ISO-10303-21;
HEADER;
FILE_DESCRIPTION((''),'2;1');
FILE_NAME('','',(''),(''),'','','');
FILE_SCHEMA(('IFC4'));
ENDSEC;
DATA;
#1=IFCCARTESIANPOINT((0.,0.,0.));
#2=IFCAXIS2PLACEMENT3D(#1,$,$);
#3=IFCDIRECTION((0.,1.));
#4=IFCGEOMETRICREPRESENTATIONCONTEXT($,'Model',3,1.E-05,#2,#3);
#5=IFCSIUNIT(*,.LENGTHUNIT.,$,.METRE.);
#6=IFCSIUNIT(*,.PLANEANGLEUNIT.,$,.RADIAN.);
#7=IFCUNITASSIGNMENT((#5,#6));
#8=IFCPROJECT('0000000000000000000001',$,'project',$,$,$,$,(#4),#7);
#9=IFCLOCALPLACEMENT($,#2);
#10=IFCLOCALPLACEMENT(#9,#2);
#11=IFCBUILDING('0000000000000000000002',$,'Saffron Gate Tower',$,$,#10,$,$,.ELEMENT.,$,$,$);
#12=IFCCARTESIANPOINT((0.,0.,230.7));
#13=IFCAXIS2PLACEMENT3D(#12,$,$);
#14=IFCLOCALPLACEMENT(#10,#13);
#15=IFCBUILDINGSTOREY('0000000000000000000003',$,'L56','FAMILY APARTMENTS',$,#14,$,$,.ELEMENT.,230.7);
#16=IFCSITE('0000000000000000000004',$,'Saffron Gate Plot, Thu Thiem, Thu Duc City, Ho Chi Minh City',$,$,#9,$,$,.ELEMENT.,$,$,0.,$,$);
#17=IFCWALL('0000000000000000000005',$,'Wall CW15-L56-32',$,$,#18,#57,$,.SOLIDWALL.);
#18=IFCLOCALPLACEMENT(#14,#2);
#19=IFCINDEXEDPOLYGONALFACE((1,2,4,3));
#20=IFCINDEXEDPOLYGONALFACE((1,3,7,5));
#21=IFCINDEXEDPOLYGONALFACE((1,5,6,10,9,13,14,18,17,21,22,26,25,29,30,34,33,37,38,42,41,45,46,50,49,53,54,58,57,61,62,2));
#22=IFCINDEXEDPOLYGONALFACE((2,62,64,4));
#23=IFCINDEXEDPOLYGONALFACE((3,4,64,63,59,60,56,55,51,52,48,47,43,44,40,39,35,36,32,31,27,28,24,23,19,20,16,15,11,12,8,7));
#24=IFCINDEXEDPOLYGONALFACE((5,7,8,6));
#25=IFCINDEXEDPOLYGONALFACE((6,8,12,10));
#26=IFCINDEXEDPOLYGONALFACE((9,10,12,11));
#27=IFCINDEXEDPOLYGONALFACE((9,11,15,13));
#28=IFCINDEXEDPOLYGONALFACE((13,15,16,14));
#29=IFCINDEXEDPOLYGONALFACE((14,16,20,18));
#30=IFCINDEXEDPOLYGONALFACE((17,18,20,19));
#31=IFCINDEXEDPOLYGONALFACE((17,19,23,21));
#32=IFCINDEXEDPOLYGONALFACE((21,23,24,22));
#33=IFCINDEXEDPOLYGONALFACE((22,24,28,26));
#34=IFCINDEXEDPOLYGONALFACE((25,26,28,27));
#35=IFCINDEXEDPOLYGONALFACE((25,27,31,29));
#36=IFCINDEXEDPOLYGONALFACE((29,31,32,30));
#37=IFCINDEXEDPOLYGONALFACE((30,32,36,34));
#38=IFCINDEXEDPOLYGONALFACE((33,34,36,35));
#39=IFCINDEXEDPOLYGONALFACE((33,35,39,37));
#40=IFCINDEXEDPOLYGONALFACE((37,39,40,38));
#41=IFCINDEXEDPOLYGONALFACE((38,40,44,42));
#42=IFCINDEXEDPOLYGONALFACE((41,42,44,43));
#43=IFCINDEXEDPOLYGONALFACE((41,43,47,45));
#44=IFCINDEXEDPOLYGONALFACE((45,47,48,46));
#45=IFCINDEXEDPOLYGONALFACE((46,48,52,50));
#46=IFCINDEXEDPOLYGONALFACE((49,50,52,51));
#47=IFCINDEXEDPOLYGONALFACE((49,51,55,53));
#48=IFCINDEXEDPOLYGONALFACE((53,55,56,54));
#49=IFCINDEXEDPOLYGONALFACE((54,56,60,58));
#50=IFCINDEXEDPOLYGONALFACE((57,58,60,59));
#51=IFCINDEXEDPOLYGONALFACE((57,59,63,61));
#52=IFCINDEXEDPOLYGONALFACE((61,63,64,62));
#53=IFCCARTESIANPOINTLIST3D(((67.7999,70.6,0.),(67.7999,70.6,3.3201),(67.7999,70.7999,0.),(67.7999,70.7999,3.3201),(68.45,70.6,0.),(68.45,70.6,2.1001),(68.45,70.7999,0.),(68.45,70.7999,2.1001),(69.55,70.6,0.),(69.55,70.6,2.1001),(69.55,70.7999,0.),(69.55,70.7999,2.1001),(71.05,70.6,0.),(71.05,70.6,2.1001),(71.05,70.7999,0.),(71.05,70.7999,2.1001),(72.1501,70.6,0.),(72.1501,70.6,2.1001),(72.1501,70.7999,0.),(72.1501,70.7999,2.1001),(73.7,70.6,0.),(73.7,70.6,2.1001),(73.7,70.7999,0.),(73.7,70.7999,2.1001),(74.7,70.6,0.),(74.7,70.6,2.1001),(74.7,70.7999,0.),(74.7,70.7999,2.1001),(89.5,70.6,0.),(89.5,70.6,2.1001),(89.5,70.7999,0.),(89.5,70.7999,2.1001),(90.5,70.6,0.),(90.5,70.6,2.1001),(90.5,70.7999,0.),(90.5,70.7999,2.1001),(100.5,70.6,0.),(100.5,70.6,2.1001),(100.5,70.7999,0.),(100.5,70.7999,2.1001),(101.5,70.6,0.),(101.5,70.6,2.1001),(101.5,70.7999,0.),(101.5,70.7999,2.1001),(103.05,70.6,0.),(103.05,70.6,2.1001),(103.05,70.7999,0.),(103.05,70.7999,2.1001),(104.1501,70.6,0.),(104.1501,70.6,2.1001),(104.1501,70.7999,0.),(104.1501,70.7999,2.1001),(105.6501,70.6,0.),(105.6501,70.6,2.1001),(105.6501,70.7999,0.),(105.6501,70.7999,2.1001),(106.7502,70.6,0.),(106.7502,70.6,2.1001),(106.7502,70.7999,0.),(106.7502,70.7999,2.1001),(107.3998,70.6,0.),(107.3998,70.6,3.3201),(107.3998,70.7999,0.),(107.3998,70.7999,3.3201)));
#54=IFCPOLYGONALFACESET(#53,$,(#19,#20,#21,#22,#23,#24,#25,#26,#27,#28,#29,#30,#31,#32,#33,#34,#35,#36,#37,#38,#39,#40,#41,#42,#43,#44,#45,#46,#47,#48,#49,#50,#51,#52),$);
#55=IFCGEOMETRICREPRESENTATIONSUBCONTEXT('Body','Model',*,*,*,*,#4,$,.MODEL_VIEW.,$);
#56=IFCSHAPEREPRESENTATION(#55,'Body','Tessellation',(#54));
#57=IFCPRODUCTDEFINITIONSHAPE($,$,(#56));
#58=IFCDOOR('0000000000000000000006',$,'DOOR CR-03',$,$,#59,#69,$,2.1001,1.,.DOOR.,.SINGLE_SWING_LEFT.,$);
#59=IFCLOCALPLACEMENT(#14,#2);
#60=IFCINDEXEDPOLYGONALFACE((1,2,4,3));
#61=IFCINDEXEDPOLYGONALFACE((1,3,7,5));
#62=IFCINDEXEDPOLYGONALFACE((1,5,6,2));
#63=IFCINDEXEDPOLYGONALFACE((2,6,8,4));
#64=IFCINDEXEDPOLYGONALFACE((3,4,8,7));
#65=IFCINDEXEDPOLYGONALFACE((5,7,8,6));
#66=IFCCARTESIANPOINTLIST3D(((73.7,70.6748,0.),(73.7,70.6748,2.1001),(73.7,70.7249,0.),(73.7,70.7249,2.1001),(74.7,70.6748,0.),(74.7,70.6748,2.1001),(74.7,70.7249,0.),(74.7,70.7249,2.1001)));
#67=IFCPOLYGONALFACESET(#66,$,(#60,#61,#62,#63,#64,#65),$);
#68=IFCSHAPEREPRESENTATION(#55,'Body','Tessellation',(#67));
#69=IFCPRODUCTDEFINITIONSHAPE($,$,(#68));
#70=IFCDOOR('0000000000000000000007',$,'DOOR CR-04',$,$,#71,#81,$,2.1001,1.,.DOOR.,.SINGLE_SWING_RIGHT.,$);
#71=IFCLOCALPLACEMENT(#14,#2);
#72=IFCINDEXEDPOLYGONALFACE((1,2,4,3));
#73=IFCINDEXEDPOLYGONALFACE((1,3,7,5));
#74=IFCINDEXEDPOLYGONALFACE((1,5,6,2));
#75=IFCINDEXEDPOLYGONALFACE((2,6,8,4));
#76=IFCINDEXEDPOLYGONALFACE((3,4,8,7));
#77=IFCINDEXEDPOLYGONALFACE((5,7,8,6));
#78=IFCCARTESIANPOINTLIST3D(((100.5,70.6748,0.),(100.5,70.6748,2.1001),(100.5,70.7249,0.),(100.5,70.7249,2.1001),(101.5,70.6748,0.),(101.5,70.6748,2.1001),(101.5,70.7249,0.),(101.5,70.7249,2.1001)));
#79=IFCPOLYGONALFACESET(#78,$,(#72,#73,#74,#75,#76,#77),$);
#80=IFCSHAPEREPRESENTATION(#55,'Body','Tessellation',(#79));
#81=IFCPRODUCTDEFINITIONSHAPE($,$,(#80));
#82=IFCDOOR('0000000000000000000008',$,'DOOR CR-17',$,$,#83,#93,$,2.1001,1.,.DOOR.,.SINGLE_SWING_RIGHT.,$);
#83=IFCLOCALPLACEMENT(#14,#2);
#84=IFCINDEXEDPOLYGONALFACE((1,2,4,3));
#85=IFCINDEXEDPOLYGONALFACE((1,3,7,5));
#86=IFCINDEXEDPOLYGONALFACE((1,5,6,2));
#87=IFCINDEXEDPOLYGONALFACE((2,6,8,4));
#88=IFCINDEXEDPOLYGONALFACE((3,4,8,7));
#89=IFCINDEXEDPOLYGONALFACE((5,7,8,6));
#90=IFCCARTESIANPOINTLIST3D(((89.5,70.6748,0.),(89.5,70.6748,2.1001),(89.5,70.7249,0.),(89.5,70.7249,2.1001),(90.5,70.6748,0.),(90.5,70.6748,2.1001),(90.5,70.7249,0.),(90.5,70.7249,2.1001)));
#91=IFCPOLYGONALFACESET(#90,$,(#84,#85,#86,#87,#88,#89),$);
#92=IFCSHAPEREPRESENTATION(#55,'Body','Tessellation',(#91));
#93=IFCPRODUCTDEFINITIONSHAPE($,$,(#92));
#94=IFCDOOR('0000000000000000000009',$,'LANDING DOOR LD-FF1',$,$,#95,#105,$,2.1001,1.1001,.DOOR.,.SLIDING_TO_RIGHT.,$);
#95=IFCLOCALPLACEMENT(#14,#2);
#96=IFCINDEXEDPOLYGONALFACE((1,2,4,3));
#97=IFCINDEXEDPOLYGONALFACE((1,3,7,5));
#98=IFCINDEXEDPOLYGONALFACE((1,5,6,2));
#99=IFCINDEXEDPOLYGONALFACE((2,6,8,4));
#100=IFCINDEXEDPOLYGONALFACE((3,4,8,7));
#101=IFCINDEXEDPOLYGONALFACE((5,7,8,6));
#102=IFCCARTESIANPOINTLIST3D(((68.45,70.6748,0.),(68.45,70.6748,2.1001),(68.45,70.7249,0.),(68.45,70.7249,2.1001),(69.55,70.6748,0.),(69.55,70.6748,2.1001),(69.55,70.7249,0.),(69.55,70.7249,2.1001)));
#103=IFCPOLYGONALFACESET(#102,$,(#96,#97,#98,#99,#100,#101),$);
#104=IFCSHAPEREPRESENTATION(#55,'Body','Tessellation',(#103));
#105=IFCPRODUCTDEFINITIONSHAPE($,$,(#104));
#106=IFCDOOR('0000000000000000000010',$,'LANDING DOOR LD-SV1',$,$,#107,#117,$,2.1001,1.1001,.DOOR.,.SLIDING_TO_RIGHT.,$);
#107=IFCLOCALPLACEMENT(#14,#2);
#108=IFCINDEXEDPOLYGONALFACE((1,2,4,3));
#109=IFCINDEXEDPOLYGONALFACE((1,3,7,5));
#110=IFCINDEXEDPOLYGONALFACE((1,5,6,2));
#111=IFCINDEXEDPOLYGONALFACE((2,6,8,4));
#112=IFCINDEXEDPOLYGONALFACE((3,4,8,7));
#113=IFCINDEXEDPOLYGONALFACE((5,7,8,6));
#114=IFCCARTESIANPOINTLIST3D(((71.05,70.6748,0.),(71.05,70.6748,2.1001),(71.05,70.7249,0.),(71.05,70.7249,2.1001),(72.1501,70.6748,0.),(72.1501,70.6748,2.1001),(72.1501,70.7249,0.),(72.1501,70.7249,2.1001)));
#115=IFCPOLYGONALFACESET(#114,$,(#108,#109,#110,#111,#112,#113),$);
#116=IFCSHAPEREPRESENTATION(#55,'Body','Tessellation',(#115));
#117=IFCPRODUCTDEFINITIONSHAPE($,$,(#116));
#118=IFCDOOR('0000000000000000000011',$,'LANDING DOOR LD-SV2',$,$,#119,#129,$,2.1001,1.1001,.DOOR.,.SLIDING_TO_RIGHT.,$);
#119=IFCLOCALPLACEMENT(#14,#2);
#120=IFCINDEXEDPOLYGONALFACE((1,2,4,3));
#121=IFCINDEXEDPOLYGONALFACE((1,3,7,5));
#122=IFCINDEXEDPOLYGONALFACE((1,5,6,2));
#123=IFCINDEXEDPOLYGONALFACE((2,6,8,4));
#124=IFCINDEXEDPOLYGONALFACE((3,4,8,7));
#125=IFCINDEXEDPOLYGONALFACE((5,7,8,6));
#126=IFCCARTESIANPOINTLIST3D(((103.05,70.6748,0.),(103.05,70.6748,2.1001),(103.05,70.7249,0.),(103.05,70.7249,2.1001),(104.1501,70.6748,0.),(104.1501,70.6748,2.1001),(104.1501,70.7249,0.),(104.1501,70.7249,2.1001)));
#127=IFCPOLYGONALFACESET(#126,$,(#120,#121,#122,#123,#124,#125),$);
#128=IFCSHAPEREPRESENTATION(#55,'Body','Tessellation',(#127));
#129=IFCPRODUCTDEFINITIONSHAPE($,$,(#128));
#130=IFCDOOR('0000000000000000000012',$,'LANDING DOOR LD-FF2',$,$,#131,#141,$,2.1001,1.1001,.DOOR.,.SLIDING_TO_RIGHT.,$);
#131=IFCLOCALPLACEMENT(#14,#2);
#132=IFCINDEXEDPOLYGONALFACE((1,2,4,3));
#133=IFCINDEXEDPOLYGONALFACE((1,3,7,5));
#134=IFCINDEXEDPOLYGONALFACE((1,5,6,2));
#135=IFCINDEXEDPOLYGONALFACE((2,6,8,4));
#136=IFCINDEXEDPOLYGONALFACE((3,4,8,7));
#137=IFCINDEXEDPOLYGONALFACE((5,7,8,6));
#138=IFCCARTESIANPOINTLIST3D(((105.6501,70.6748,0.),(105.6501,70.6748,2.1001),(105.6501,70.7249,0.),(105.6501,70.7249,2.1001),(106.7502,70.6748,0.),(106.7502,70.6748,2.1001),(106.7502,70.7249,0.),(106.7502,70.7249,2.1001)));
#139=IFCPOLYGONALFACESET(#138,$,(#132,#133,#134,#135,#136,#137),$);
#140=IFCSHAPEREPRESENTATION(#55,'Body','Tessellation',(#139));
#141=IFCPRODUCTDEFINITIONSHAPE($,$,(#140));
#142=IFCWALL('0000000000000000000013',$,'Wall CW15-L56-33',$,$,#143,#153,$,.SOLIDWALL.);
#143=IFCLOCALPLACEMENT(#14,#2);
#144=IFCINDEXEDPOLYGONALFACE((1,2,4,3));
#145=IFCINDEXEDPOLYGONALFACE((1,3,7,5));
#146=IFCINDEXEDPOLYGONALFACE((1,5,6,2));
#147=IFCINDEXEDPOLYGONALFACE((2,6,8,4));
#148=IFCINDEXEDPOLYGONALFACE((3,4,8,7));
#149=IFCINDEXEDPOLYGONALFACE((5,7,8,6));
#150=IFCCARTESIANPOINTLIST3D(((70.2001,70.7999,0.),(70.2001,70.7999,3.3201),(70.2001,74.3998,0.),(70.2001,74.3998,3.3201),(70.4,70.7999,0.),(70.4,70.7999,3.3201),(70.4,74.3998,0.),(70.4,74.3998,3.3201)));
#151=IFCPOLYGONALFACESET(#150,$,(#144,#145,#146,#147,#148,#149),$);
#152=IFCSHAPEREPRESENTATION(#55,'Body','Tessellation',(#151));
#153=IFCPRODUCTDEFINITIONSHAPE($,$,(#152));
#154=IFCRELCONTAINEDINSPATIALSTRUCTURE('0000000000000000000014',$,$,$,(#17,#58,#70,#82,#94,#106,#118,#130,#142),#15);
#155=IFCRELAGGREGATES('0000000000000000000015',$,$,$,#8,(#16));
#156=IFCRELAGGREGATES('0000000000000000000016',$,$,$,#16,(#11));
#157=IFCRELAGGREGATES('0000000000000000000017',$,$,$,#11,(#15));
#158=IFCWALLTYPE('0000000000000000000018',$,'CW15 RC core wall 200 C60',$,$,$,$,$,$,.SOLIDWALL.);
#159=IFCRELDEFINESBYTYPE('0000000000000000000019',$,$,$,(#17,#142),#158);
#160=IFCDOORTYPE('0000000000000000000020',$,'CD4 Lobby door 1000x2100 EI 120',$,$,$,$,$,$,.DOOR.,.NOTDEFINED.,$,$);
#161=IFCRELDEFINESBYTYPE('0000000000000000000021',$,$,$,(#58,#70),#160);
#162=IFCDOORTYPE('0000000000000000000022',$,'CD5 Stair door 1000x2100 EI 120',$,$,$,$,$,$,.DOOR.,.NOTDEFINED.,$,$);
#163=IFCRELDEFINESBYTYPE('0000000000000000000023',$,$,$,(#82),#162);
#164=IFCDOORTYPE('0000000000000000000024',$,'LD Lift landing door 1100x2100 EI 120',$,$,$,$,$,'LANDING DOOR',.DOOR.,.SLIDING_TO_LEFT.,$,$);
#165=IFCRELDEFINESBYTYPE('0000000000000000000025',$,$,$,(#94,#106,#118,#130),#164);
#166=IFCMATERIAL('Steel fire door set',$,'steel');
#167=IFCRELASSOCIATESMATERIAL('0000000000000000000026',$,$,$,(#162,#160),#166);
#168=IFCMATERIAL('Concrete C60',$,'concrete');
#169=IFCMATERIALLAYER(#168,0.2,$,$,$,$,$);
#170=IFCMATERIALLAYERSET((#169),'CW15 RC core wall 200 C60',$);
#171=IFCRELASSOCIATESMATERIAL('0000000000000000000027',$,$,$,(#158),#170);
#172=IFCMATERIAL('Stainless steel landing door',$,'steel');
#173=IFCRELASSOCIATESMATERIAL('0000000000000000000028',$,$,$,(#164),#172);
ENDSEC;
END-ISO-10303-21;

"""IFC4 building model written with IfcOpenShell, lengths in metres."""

from ifc_helpers import new_model, si_unit, direction, frame, frame_2d, origin, place, context, subcontext, project, spatial, rectangle, extrude, material, layer, layer_set, type_object, element, fill, save


model = new_model("IFC4")

# Units and contexts
model_context = context("Model", 3, precision=1e-05, world=origin(), true_north=direction((0.0, 1.0)))
body_context = subcontext(model_context, "Body", "Model", "MODEL_VIEW")
ifc_project = project(units=[si_unit("LENGTHUNIT", "METRE"), si_unit("PLANEANGLEUNIT", "RADIAN")], contexts=[model_context])

# Site, building, storey
site_placement = place(None, origin())
site = spatial("IfcSite", under=ifc_project, at=site_placement, Name="Saffron Gate Plot, Thu Thiem, Thu Duc City, Ho Chi Minh City", CompositionType="ELEMENT", RefElevation=0.0)
building_placement = place(site_placement, origin())
building = spatial("IfcBuilding", under=site, at=building_placement, Name="Saffron Gate Tower", CompositionType="ELEMENT")
storey_placement = place(building_placement, frame((0.0, 0.0, 230.7)))
storey = spatial("IfcBuildingStorey", under=building, at=storey_placement, Name="L56", Description="FAMILY APARTMENTS", CompositionType="ELEMENT", Elevation=230.7)

# Wall, openings, doors
ifc_material_1 = material(Name="Concrete C60", Category="concrete")
ifc_material_2 = material(Name="Steel fire door set", Category="steel")
door_type_1 = type_object("IfcDoorType", Name="CD5 Stair door 1000x2100 EI 120", OperationType="NOTDEFINED", PredefinedType="DOOR", material=ifc_material_2)
ifc_layer_1 = layer(ifc_material_1, 0.2)
ifc_layer_set_1 = layer_set([ifc_layer_1], Name="CW15 RC core wall 200 C60")
wall_type_1 = type_object("IfcWallType", Name="CW15 RC core wall 200 C60", PredefinedType="SOLIDWALL", material=ifc_layer_set_1)
wall_1_placement = place(storey_placement, frame((67.8, 70.7, 0.0), z_axis=(0.0, 0.0, 1.0), x_axis=(1.0, 0.0, 0.0)))
wall_1 = element("IfcWall", 1, at=wall_1_placement, inside=storey, type_object=wall_type_1, Name="Wall CW15-L56-32", PredefinedType="SOLIDWALL", context=body_context, shape_type="SweptSolid", body=[
    extrude(rectangle(XDim=39.5999, YDim=0.2, at=frame_2d((19.7998, 0.0))), origin(), (0.0, 0.0, 1.0), 3.3201),
])
opening_1_placement = place(wall_1_placement, frame((0.6499, 0.0, 0.0)))
opening_1 = element("IfcOpeningElement", 2, at=opening_1_placement, cuts=wall_1, PredefinedType="OPENING", context=body_context, shape_type="SweptSolid", body=[
    extrude(rectangle(XDim=1.1001, YDim=2.1001, at=frame_2d((0.55, 1.05))), frame((0.0, 0.1099, 0.0), z_axis=(0.0, -1.0, 0.0), x_axis=(1.0, 0.0, 0.0)), (0.0, 0.0, 1.0), 0.22),
])
opening_2_placement = place(wall_1_placement, frame((3.25, 0.0, 0.0)))
opening_2 = element("IfcOpeningElement", 3, at=opening_2_placement, cuts=wall_1, PredefinedType="OPENING", context=body_context, shape_type="SweptSolid", body=[
    extrude(rectangle(XDim=1.1001, YDim=2.1001, at=frame_2d((0.55, 1.05))), frame((0.0, 0.1099, 0.0), z_axis=(0.0, -1.0, 0.0), x_axis=(1.0, 0.0, 0.0)), (0.0, 0.0, 1.0), 0.22),
])
opening_3_placement = place(wall_1_placement, frame((5.8999, 0.0, 0.0)))
opening_3 = element("IfcOpeningElement", 4, at=opening_3_placement, cuts=wall_1, PredefinedType="OPENING", context=body_context, shape_type="SweptSolid", body=[
    extrude(rectangle(XDim=1.0, YDim=2.1001, at=frame_2d((0.5, 1.05))), frame((0.0, 0.1099, 0.0), z_axis=(0.0, -1.0, 0.0), x_axis=(1.0, 0.0, 0.0)), (0.0, 0.0, 1.0), 0.22),
])
opening_4_placement = place(wall_1_placement, frame((21.7, 0.0, 0.0)))
opening_4 = element("IfcOpeningElement", 5, at=opening_4_placement, cuts=wall_1, PredefinedType="OPENING", context=body_context, shape_type="SweptSolid", body=[
    extrude(rectangle(XDim=1.0, YDim=2.1001, at=frame_2d((0.5, 1.05))), frame((0.0, 0.1099, 0.0), z_axis=(0.0, -1.0, 0.0), x_axis=(1.0, 0.0, 0.0)), (0.0, 0.0, 1.0), 0.22),
])
opening_5_placement = place(wall_1_placement, frame((32.7, 0.0, 0.0)))
opening_5 = element("IfcOpeningElement", 6, at=opening_5_placement, cuts=wall_1, PredefinedType="OPENING", context=body_context, shape_type="SweptSolid", body=[
    extrude(rectangle(XDim=1.0, YDim=2.1001, at=frame_2d((0.5, 1.05))), frame((0.0, 0.1099, 0.0), z_axis=(0.0, -1.0, 0.0), x_axis=(1.0, 0.0, 0.0)), (0.0, 0.0, 1.0), 0.22),
])
opening_6_placement = place(wall_1_placement, frame((35.25, 0.0, 0.0)))
opening_6 = element("IfcOpeningElement", 7, at=opening_6_placement, cuts=wall_1, PredefinedType="OPENING", context=body_context, shape_type="SweptSolid", body=[
    extrude(rectangle(XDim=1.1001, YDim=2.1001, at=frame_2d((0.55, 1.05))), frame((0.0, 0.1099, 0.0), z_axis=(0.0, -1.0, 0.0), x_axis=(1.0, 0.0, 0.0)), (0.0, 0.0, 1.0), 0.22),
])
opening_7_placement = place(wall_1_placement, frame((37.8501, 0.0, 0.0)))
opening_7 = element("IfcOpeningElement", 8, at=opening_7_placement, cuts=wall_1, PredefinedType="OPENING", context=body_context, shape_type="SweptSolid", body=[
    extrude(rectangle(XDim=1.1001, YDim=2.1001, at=frame_2d((0.55, 1.05))), frame((0.0, 0.1099, 0.0), z_axis=(0.0, -1.0, 0.0), x_axis=(1.0, 0.0, 0.0)), (0.0, 0.0, 1.0), 0.22),
])
door_type_2 = type_object("IfcDoorType", Name="CD4 Lobby door 1000x2100 EI 120", OperationType="NOTDEFINED", PredefinedType="DOOR", material=ifc_material_2)
door_1_placement = place(opening_3_placement, origin())
door_1 = element("IfcDoor", 9, at=door_1_placement, inside=storey, type_object=door_type_2, Name="DOOR CR-03", OperationType="SINGLE_SWING_LEFT", OverallHeight=2.1001, OverallWidth=1.0, PredefinedType="DOOR", context=body_context, shape_type="SweptSolid", body=[
    extrude(rectangle(XDim=1.0, YDim=2.1001, at=frame_2d((0.5, 1.05))), frame((0.0, 0.0249, 0.0), z_axis=(0.0, -1.0, 0.0), x_axis=(1.0, 0.0, 0.0)), (0.0, 0.0, 1.0), 0.05),
])
fill(opening_3, door_1)
door_2_placement = place(opening_5_placement, origin())
door_2 = element("IfcDoor", 10, at=door_2_placement, inside=storey, type_object=door_type_2, Name="DOOR CR-04", OperationType="SINGLE_SWING_RIGHT", OverallHeight=2.1001, OverallWidth=1.0, PredefinedType="DOOR", context=body_context, shape_type="SweptSolid", body=[
    extrude(rectangle(XDim=1.0, YDim=2.1001, at=frame_2d((0.5, 1.05))), frame((0.0, 0.0249, 0.0), z_axis=(0.0, -1.0, 0.0), x_axis=(1.0, 0.0, 0.0)), (0.0, 0.0, 1.0), 0.05),
])
fill(opening_5, door_2)
door_3_placement = place(opening_4_placement, origin())
door_3 = element("IfcDoor", 11, at=door_3_placement, inside=storey, type_object=door_type_1, Name="DOOR CR-17", OperationType="SINGLE_SWING_RIGHT", OverallHeight=2.1001, OverallWidth=1.0, PredefinedType="DOOR", context=body_context, shape_type="SweptSolid", body=[
    extrude(rectangle(XDim=1.0, YDim=2.1001, at=frame_2d((0.5, 1.05))), frame((0.0, 0.0249, 0.0), z_axis=(0.0, -1.0, 0.0), x_axis=(1.0, 0.0, 0.0)), (0.0, 0.0, 1.0), 0.05),
])
fill(opening_4, door_3)
ifc_material_3 = material(Name="Stainless steel landing door", Category="steel")
door_type_3 = type_object("IfcDoorType", Name="LD Lift landing door 1100x2100 EI 120", ElementType="LANDING DOOR", OperationType="SLIDING_TO_LEFT", PredefinedType="DOOR", material=ifc_material_3)
door_4_placement = place(opening_1_placement, origin())
door_4 = element("IfcDoor", 12, at=door_4_placement, inside=storey, type_object=door_type_3, Name="LANDING DOOR LD-FF1", OperationType="SLIDING_TO_RIGHT", OverallHeight=2.1001, OverallWidth=1.1001, PredefinedType="DOOR", context=body_context, shape_type="SweptSolid", body=[
    extrude(rectangle(XDim=1.1001, YDim=2.1001, at=frame_2d((0.55, 1.05))), frame((0.0, 0.0249, 0.0), z_axis=(0.0, -1.0, 0.0), x_axis=(1.0, 0.0, 0.0)), (0.0, 0.0, 1.0), 0.05),
])
fill(opening_1, door_4)
door_5_placement = place(opening_2_placement, origin())
door_5 = element("IfcDoor", 13, at=door_5_placement, inside=storey, type_object=door_type_3, Name="LANDING DOOR LD-SV1", OperationType="SLIDING_TO_RIGHT", OverallHeight=2.1001, OverallWidth=1.1001, PredefinedType="DOOR", context=body_context, shape_type="SweptSolid", body=[
    extrude(rectangle(XDim=1.1001, YDim=2.1001, at=frame_2d((0.55, 1.05))), frame((0.0, 0.0249, 0.0), z_axis=(0.0, -1.0, 0.0), x_axis=(1.0, 0.0, 0.0)), (0.0, 0.0, 1.0), 0.05),
])
fill(opening_2, door_5)
door_6_placement = place(opening_6_placement, origin())
door_6 = element("IfcDoor", 14, at=door_6_placement, inside=storey, type_object=door_type_3, Name="LANDING DOOR LD-SV2", OperationType="SLIDING_TO_RIGHT", OverallHeight=2.1001, OverallWidth=1.1001, PredefinedType="DOOR", context=body_context, shape_type="SweptSolid", body=[
    extrude(rectangle(XDim=1.1001, YDim=2.1001, at=frame_2d((0.55, 1.05))), frame((0.0, 0.0249, 0.0), z_axis=(0.0, -1.0, 0.0), x_axis=(1.0, 0.0, 0.0)), (0.0, 0.0, 1.0), 0.05),
])
fill(opening_6, door_6)
door_7_placement = place(opening_7_placement, origin())
door_7 = element("IfcDoor", 15, at=door_7_placement, inside=storey, type_object=door_type_3, Name="LANDING DOOR LD-FF2", OperationType="SLIDING_TO_RIGHT", OverallHeight=2.1001, OverallWidth=1.1001, PredefinedType="DOOR", context=body_context, shape_type="SweptSolid", body=[
    extrude(rectangle(XDim=1.1001, YDim=2.1001, at=frame_2d((0.55, 1.05))), frame((0.0, 0.0249, 0.0), z_axis=(0.0, -1.0, 0.0), x_axis=(1.0, 0.0, 0.0)), (0.0, 0.0, 1.0), 0.05),
])
fill(opening_7, door_7)

# Wall
wall_2_placement = place(storey_placement, frame((70.3, 70.8, 0.0), z_axis=(0.0, 0.0, 1.0), x_axis=(0.0, 1.0, 0.0)))
element("IfcWall", 16, at=wall_2_placement, inside=storey, type_object=wall_type_1, Name="Wall CW15-L56-33", PredefinedType="SOLIDWALL", context=body_context, shape_type="SweptSolid", body=[
    extrude(rectangle(XDim=3.5999, YDim=0.2, at=frame_2d((1.7998, 0.0))), origin(), (0.0, 0.0, 1.0), 3.3201),
])

save(model, "model.ifc")
